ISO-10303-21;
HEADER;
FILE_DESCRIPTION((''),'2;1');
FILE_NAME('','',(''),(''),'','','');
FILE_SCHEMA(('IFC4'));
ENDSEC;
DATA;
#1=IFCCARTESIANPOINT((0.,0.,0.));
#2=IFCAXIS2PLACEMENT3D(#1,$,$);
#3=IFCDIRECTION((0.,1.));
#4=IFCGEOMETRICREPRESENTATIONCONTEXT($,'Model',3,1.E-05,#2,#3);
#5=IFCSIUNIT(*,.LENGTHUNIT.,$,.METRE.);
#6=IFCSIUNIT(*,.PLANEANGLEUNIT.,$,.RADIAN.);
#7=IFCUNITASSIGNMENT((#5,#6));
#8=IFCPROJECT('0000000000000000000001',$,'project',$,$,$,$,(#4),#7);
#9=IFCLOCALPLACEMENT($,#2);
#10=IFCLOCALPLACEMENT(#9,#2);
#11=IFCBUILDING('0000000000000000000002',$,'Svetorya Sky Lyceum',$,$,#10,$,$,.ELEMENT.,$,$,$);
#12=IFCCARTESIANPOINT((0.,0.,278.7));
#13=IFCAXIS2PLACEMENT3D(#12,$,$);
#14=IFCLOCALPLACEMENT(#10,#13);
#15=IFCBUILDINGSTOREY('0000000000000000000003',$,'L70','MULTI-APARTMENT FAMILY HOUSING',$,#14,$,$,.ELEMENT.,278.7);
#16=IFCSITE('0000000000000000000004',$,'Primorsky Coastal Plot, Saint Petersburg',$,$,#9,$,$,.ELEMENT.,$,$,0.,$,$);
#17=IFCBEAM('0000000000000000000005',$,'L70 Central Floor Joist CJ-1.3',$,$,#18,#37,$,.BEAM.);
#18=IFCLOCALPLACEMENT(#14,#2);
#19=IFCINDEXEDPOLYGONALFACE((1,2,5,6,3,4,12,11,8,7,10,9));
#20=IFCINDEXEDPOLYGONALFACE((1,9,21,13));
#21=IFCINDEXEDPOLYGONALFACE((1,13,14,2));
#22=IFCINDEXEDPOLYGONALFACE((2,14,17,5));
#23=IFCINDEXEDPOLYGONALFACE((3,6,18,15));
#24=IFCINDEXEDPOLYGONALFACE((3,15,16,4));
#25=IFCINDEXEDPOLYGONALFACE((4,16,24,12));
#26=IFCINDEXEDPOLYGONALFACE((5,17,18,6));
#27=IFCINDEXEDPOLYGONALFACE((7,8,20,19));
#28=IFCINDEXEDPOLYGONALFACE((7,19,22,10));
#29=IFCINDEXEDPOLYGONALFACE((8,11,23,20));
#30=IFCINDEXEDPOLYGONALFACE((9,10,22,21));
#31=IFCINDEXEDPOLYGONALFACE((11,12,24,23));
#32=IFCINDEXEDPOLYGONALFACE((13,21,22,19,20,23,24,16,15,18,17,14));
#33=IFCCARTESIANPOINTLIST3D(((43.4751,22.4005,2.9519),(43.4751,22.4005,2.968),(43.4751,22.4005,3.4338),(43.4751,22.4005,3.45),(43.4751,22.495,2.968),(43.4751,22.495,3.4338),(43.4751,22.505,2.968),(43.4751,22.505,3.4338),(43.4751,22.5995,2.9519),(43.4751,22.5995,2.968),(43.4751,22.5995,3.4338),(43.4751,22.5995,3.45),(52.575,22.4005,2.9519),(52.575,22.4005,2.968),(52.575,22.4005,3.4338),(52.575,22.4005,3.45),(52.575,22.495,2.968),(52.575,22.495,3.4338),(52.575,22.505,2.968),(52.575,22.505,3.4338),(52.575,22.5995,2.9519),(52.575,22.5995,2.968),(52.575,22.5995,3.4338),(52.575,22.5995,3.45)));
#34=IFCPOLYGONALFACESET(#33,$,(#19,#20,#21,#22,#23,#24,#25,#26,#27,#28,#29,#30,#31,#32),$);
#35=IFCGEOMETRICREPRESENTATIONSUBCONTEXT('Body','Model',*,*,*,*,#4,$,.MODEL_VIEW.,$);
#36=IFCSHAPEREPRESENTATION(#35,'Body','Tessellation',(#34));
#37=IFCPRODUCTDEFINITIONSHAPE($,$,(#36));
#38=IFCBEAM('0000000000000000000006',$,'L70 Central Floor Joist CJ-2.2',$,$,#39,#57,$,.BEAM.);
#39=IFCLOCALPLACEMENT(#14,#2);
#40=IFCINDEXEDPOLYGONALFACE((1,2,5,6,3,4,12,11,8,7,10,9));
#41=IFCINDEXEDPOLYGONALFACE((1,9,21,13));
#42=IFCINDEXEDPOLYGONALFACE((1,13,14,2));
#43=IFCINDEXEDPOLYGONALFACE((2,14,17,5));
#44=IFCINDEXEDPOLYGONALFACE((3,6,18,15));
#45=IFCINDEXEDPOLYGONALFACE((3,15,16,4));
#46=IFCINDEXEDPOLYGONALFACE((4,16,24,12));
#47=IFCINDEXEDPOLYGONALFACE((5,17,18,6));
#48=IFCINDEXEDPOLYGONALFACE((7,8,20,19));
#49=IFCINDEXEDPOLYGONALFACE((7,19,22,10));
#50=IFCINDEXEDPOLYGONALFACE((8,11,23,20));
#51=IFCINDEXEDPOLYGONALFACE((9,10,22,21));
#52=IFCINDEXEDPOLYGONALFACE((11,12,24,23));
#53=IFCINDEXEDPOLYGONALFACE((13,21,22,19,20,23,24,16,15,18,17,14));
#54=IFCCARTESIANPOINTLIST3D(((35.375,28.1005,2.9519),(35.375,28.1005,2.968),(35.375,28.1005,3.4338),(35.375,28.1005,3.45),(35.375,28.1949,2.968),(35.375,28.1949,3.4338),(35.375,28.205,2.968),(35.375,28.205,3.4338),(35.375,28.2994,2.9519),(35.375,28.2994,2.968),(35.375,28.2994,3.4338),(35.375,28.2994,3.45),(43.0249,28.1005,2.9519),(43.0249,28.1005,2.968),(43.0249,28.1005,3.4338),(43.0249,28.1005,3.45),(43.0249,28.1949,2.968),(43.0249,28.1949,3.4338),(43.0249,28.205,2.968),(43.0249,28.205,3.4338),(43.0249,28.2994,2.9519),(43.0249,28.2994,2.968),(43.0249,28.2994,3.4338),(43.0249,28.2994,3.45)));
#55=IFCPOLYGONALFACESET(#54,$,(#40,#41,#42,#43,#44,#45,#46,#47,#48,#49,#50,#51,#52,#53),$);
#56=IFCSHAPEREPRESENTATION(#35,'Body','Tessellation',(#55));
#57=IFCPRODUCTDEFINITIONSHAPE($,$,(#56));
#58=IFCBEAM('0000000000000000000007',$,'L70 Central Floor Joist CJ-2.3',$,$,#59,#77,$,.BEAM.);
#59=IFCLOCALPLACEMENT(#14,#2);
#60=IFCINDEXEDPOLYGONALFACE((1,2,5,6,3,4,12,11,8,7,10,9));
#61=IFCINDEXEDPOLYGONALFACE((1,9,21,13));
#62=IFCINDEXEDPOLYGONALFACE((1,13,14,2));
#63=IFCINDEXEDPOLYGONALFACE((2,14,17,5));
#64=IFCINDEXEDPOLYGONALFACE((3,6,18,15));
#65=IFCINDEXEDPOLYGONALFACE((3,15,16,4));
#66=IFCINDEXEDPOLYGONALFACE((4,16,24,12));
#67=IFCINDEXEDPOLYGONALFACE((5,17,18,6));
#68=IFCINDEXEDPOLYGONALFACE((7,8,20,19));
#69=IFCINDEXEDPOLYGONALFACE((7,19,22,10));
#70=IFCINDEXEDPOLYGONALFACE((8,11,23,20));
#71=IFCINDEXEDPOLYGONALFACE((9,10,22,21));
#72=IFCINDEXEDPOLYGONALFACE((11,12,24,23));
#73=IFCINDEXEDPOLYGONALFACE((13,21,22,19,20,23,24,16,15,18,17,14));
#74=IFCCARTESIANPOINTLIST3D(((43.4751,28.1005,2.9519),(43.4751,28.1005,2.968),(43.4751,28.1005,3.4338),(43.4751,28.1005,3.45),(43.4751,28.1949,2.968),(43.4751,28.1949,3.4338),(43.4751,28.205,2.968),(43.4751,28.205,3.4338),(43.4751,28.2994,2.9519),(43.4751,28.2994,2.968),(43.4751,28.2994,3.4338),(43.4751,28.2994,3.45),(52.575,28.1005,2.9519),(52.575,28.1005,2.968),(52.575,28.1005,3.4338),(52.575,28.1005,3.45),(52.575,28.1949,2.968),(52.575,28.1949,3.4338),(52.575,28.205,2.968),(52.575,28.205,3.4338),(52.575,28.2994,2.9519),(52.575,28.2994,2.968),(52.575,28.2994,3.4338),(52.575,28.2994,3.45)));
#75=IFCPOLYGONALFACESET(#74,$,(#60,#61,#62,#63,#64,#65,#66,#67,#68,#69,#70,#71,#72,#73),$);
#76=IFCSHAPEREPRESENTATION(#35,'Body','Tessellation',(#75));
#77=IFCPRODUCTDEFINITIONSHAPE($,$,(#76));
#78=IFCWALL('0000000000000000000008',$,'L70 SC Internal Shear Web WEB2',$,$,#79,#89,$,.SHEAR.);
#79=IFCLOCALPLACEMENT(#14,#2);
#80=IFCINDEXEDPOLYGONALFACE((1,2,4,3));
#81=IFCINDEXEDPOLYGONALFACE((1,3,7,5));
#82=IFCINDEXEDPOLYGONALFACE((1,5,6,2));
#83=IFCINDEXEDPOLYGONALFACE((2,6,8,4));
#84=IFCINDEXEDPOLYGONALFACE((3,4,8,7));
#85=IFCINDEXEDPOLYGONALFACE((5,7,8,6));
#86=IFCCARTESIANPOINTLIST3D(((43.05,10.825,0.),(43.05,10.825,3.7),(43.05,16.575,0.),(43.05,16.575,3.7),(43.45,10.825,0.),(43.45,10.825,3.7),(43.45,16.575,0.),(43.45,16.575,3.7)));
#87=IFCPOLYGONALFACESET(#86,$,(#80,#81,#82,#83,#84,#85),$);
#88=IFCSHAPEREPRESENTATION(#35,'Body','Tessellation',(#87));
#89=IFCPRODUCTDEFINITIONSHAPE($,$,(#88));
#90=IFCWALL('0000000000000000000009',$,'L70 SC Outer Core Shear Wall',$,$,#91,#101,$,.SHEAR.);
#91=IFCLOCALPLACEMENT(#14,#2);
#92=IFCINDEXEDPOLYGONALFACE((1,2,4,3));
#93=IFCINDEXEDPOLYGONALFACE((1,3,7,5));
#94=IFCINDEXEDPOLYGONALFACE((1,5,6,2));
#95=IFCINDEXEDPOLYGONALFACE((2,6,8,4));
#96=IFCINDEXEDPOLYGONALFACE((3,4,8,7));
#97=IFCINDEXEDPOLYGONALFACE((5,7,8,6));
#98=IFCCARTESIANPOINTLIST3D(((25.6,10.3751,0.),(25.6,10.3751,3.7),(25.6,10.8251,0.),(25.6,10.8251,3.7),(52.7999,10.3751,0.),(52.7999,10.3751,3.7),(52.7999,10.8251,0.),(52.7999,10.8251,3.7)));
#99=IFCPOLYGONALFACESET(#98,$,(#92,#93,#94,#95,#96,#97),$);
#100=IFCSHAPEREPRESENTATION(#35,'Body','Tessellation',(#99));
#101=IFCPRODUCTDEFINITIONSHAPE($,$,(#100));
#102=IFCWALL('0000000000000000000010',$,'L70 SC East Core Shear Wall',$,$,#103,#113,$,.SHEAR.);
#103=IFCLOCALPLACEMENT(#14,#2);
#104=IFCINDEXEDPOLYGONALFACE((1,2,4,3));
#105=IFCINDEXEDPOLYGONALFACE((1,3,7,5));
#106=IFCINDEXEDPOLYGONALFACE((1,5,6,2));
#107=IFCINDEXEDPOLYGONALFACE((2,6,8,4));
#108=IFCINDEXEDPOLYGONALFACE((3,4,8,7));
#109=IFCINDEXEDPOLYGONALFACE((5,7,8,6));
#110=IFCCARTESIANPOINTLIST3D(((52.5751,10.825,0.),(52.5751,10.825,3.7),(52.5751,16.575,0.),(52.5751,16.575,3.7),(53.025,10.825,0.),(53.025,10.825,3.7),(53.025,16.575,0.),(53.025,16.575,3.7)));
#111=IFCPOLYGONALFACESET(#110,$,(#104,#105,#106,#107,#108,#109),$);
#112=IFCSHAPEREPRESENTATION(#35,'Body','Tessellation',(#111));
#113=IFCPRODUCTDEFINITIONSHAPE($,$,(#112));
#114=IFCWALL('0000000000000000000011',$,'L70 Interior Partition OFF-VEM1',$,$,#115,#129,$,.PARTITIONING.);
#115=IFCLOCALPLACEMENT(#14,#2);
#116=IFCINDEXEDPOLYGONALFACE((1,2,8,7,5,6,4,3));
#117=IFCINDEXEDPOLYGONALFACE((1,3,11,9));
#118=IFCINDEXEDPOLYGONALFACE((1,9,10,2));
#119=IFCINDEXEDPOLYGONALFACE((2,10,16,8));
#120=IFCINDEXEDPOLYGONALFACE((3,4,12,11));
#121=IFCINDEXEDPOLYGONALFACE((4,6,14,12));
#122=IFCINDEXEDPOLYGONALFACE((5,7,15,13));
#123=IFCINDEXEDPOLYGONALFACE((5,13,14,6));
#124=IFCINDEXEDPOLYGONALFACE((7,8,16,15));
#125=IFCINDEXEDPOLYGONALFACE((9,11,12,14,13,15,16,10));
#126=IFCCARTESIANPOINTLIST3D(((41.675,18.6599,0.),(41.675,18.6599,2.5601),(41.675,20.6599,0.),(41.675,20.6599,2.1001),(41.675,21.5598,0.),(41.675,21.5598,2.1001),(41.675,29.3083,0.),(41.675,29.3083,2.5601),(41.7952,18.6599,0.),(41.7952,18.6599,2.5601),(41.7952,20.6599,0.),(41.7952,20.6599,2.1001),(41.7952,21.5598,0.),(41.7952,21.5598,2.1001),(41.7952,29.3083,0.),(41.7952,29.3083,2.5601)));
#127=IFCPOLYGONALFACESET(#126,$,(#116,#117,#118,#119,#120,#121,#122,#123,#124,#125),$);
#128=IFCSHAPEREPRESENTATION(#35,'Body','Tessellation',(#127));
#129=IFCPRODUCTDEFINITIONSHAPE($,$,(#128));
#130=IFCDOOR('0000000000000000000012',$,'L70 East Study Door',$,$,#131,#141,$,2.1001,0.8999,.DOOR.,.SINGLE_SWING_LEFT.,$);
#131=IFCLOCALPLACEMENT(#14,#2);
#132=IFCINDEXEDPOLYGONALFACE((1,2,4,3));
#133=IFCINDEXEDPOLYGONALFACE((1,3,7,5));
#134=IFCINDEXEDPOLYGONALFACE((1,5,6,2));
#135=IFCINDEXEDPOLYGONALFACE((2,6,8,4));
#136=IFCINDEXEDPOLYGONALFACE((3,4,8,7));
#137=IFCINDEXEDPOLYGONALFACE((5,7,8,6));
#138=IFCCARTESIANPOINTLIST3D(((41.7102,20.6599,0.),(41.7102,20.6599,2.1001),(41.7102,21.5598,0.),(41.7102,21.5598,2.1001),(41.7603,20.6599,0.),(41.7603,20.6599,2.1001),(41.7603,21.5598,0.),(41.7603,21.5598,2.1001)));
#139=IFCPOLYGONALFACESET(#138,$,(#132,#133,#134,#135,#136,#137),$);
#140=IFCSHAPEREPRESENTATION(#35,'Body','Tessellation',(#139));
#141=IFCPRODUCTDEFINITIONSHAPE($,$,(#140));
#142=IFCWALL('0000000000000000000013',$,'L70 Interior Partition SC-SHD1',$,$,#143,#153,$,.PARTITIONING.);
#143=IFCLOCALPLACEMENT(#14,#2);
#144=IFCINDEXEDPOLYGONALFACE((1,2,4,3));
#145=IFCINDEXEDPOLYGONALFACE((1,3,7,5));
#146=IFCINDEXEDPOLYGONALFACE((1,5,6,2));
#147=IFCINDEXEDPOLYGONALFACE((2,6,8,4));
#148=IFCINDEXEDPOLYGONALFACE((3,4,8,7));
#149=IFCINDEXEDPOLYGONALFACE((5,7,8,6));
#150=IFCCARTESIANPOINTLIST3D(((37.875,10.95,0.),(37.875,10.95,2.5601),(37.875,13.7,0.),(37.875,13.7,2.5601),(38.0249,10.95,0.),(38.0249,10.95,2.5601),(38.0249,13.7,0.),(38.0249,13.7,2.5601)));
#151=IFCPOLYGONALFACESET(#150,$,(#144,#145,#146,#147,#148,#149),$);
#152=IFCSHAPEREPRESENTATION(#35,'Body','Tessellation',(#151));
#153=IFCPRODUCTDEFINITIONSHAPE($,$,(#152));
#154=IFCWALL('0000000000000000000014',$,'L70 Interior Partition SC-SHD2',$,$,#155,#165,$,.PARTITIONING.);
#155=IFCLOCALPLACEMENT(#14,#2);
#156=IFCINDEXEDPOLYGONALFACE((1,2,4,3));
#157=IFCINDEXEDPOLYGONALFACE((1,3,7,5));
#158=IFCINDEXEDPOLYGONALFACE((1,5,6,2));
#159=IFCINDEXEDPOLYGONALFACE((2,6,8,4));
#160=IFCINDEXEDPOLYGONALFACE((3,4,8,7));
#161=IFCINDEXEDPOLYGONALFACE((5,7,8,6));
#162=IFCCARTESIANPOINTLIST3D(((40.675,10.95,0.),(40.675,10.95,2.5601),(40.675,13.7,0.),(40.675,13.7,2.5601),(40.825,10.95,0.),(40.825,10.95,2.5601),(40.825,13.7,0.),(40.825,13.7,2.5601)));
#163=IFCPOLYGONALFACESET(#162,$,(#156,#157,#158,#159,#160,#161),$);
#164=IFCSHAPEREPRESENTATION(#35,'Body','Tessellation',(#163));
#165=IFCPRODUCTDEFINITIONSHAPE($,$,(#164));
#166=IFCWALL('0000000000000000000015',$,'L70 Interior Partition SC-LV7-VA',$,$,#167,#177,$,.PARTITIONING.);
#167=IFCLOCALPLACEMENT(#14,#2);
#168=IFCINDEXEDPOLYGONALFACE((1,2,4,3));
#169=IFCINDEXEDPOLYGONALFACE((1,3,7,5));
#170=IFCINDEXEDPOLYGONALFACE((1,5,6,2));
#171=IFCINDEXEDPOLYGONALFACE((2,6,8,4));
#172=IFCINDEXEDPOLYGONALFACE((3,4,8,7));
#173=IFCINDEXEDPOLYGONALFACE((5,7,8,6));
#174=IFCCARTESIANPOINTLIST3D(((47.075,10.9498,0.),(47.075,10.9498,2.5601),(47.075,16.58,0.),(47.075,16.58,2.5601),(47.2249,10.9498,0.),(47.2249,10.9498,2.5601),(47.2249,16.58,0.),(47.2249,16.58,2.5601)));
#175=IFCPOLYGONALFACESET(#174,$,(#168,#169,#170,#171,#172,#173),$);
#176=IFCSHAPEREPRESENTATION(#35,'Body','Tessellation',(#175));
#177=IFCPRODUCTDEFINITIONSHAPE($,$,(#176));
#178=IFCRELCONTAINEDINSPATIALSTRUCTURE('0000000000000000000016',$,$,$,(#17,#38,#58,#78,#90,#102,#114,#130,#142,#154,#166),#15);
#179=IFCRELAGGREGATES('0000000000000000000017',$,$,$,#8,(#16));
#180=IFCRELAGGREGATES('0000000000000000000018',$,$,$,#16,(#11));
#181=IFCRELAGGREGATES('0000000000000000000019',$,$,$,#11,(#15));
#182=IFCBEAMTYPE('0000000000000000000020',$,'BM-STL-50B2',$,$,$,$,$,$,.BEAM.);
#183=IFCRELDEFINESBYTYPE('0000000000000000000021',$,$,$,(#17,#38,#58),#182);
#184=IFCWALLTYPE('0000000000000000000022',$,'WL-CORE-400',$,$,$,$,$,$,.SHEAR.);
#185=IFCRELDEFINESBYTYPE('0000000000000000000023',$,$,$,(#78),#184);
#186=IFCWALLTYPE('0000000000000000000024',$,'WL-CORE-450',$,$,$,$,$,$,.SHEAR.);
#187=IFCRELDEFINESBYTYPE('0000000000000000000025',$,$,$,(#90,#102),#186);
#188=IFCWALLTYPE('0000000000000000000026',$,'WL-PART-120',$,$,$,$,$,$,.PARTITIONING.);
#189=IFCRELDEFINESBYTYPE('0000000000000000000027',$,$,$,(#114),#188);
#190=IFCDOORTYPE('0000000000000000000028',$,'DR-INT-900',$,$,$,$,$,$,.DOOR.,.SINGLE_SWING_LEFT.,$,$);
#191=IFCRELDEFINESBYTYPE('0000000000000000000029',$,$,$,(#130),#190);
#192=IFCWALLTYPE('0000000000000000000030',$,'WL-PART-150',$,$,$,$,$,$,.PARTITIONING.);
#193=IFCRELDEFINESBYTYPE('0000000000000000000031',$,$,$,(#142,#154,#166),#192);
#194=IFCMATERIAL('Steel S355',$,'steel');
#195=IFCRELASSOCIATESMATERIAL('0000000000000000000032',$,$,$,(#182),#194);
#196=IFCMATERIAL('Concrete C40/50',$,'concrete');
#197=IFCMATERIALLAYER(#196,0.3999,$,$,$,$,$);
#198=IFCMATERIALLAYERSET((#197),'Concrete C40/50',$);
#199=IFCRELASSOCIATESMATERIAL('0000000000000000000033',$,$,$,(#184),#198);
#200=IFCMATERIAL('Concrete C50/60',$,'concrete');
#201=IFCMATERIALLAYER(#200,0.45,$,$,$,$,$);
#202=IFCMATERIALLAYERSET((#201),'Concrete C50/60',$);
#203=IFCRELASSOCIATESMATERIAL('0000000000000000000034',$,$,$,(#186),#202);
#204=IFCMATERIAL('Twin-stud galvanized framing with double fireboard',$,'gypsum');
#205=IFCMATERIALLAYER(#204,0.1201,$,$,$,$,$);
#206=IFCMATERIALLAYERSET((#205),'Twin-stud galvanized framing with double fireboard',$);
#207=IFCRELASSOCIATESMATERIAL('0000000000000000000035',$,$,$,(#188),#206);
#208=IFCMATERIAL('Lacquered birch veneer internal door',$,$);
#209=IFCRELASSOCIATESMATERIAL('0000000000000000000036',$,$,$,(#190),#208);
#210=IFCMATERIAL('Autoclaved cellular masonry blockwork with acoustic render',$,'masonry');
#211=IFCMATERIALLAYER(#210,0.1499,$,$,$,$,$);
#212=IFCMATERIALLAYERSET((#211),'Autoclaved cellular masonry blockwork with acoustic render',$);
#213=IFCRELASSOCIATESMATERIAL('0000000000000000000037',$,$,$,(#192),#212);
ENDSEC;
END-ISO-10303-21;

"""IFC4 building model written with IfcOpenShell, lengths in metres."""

from ifc_helpers import new_model, si_unit, direction, frame, frame_2d, origin, origin_2d, place, context, subcontext, project, spatial, rectangle, i_section, extrude, material, layer, layer_set, material_profile, profile_set, type_object, element, fill, save


model = new_model("IFC4")

# Units and contexts
model_context = context("Model", 3, precision=1e-05, world=origin(), true_north=direction((0.0, 1.0)))
body_context = subcontext(model_context, "Body", "Model", "MODEL_VIEW")
ifc_project = project(units=[si_unit("LENGTHUNIT", "METRE"), si_unit("PLANEANGLEUNIT", "RADIAN")], contexts=[model_context])

# Site, building, storey
site_placement = place(None, origin())
site = spatial("IfcSite", under=ifc_project, at=site_placement, Name="Primorsky Coastal Plot, Saint Petersburg", CompositionType="ELEMENT", RefElevation=0.0)
building_placement = place(site_placement, origin())
building = spatial("IfcBuilding", under=site, at=building_placement, Name="Svetorya Sky Lyceum", CompositionType="ELEMENT")
storey_placement = place(building_placement, frame((0.0, 0.0, 278.7)))
storey = spatial("IfcBuildingStorey", under=building, at=storey_placement, Name="L70", Description="MULTI-APARTMENT FAMILY HOUSING", CompositionType="ELEMENT", Elevation=278.7)

# Shared definitions
ifc_material_1 = material(Name="Concrete C40/50", Category="concrete")

# Beams
ifc_material_2 = material(Name="Concrete C50/60", Category="concrete")
ifc_material_3 = material(Name="Steel S355", Category="steel")
ifc_material_profile_1 = material_profile(ifc_material_3, i_section(OverallWidth=0.199, OverallDepth=0.498, WebThickness=0.01, FlangeThickness=0.0161, at=origin_2d()), Name="GOST 50B2")
ifc_profile_set_1 = profile_set([ifc_material_profile_1], Name="Steel S355")
beam_type_1 = type_object("IfcBeamType", Name="BM-STL-50B2", PredefinedType="BEAM", material=ifc_profile_set_1)
beam_1_placement = place(storey_placement, frame((43.4751, 22.5, 3.2009), z_axis=(1.0, 0.0, 0.0), x_axis=(0.0, 1.0, 0.0)))
element("IfcBeam", 1, at=beam_1_placement, inside=storey, type_object=beam_type_1, Name="L70 Central Floor Joist CJ-1.3", PredefinedType="BEAM", context=body_context, shape_type="SweptSolid", body=[
    extrude(i_section(OverallWidth=0.199, OverallDepth=0.498, WebThickness=0.01, FlangeThickness=0.0161, at=origin_2d()), origin(), (0.0, 0.0, 1.0), 9.0999),
])
beam_2_placement = place(storey_placement, frame((35.375, 28.2, 3.2009), z_axis=(1.0, 0.0, 0.0), x_axis=(0.0, 1.0, 0.0)))
element("IfcBeam", 2, at=beam_2_placement, inside=storey, type_object=beam_type_1, Name="L70 Central Floor Joist CJ-2.2", PredefinedType="BEAM", context=body_context, shape_type="SweptSolid", body=[
    extrude(i_section(OverallWidth=0.199, OverallDepth=0.498, WebThickness=0.01, FlangeThickness=0.0161, at=origin_2d()), origin(), (0.0, 0.0, 1.0), 7.6499),
])
beam_3_placement = place(storey_placement, frame((43.4751, 28.2, 3.2009), z_axis=(1.0, 0.0, 0.0), x_axis=(0.0, 1.0, 0.0)))
element("IfcBeam", 3, at=beam_3_placement, inside=storey, type_object=beam_type_1, Name="L70 Central Floor Joist CJ-2.3", PredefinedType="BEAM", context=body_context, shape_type="SweptSolid", body=[
    extrude(i_section(OverallWidth=0.199, OverallDepth=0.498, WebThickness=0.01, FlangeThickness=0.0161, at=origin_2d()), origin(), (0.0, 0.0, 1.0), 9.0999),
])

# Walls
ifc_layer_1 = layer(ifc_material_1, 0.3999)
ifc_layer_set_1 = layer_set([ifc_layer_1], Name="Concrete C40/50")
wall_type_1 = type_object("IfcWallType", Name="WL-CORE-400", PredefinedType="SHEAR", material=ifc_layer_set_1)
wall_1_placement = place(storey_placement, frame((43.25, 10.825, 0.0), z_axis=(0.0, 0.0, 1.0), x_axis=(0.0, 1.0, 0.0)))
element("IfcWall", 4, at=wall_1_placement, inside=storey, type_object=wall_type_1, Name="L70 SC Internal Shear Web WEB2", PredefinedType="SHEAR", context=body_context, shape_type="SweptSolid", body=[
    extrude(rectangle(XDim=5.75, YDim=0.3999, at=frame_2d((2.875, 0.0))), origin(), (0.0, 0.0, 1.0), 3.7),
])
ifc_layer_2 = layer(ifc_material_2, 0.45)
ifc_layer_set_2 = layer_set([ifc_layer_2], Name="Concrete C50/60")
wall_type_2 = type_object("IfcWallType", Name="WL-CORE-450", PredefinedType="SHEAR", material=ifc_layer_set_2)
wall_2_placement = place(storey_placement, frame((52.8, 10.6001, 0.0), z_axis=(0.0, 0.0, 1.0), x_axis=(-1.0, 0.0, 0.0)))
element("IfcWall", 5, at=wall_2_placement, inside=storey, type_object=wall_type_2, Name="L70 SC Outer Core Shear Wall", PredefinedType="SHEAR", context=body_context, shape_type="SweptSolid", body=[
    extrude(rectangle(XDim=27.2, YDim=0.45, at=frame_2d((13.6001, 0.0))), origin(), (0.0, 0.0, 1.0), 3.7),
])
wall_3_placement = place(storey_placement, frame((52.8, 10.825, 0.0), z_axis=(0.0, 0.0, 1.0), x_axis=(0.0, 1.0, 0.0)))
element("IfcWall", 6, at=wall_3_placement, inside=storey, type_object=wall_type_2, Name="L70 SC East Core Shear Wall", PredefinedType="SHEAR", context=body_context, shape_type="SweptSolid", body=[
    extrude(rectangle(XDim=5.75, YDim=0.45, at=frame_2d((2.875, 0.0))), origin(), (0.0, 0.0, 1.0), 3.7),
])

# Wall, opening, door
ifc_material_4 = material(Name="Twin-stud galvanized framing with double fireboard", Category="gypsum")
ifc_layer_3 = layer(ifc_material_4, 0.1201)
ifc_layer_set_3 = layer_set([ifc_layer_3], Name="Twin-stud galvanized framing with double fireboard")
wall_type_3 = type_object("IfcWallType", Name="WL-PART-120", PredefinedType="PARTITIONING", material=ifc_layer_set_3)
wall_4_placement = place(storey_placement, frame((41.7351, 18.6599, 0.0), z_axis=(0.0, 0.0, 1.0), x_axis=(0.0, 1.0, 0.0)))
wall_4 = element("IfcWall", 7, at=wall_4_placement, inside=storey, type_object=wall_type_3, Name="L70 Interior Partition OFF-VEM1", PredefinedType="PARTITIONING", context=body_context, shape_type="SweptSolid", body=[
    extrude(rectangle(XDim=10.6484, YDim=0.1201, at=frame_2d((5.3242, 0.0))), origin(), (0.0, 0.0, 1.0), 2.5601),
])
opening_1_placement = place(wall_4_placement, frame((2.0, 0.0, 0.0)))
opening_1 = element("IfcOpeningElement", 8, at=opening_1_placement, cuts=wall_4, PredefinedType="OPENING", context=body_context, shape_type="SweptSolid", body=[
    extrude(rectangle(XDim=0.8999, YDim=2.1001, at=frame_2d((0.45, 1.05))), frame((0.0, 0.0701, 0.0), z_axis=(0.0, -1.0, 0.0), x_axis=(1.0, 0.0, 0.0)), (0.0, 0.0, 1.0), 0.1401),
])
ifc_material_5 = material(Name="Lacquered birch veneer internal door")
door_type_1 = type_object("IfcDoorType", Name="DR-INT-900", OperationType="SINGLE_SWING_LEFT", PredefinedType="DOOR", material=ifc_material_5)
door_1_placement = place(opening_1_placement, origin())
door_1 = element("IfcDoor", 9, at=door_1_placement, inside=storey, type_object=door_type_1, Name="L70 East Study Door", OperationType="SINGLE_SWING_LEFT", OverallHeight=2.1001, OverallWidth=0.8999, PredefinedType="DOOR", context=body_context, shape_type="SweptSolid", body=[
    extrude(rectangle(XDim=0.8999, YDim=2.1001, at=frame_2d((0.45, 1.05))), frame((0.0, 0.0249, 0.0), z_axis=(0.0, -1.0, 0.0), x_axis=(1.0, 0.0, 0.0)), (0.0, 0.0, 1.0), 0.05),
])
fill(opening_1, door_1)

# Walls
ifc_material_6 = material(Name="Autoclaved cellular masonry blockwork with acoustic render", Category="masonry")
ifc_layer_4 = layer(ifc_material_6, 0.1499)
ifc_layer_set_4 = layer_set([ifc_layer_4], Name="Autoclaved cellular masonry blockwork with acoustic render")
wall_type_4 = type_object("IfcWallType", Name="WL-PART-150", PredefinedType="PARTITIONING", material=ifc_layer_set_4)
for number, where, z_axis, x_axis, name in (
    (10, (37.95, 10.95, 0.0), (0.0, 0.0, 1.0), (0.0, 1.0, 0.0), "L70 Interior Partition SC-SHD1"),
    (11, (40.75, 10.95, 0.0), (0.0, 0.0, 1.0), (0.0, 1.0, 0.0), "L70 Interior Partition SC-SHD2"),
):
    element("IfcWall", number, at=place(storey_placement, frame(where, z_axis=z_axis, x_axis=x_axis)), inside=storey, type_object=wall_type_4, Name=name, PredefinedType="PARTITIONING", context=body_context, shape_type="SweptSolid", body=[
        extrude(rectangle(XDim=2.75, YDim=0.1499, at=frame_2d((1.375, 0.0))), origin(), (0.0, 0.0, 1.0), 2.5601),
    ])
wall_5_placement = place(storey_placement, frame((47.1499, 10.95, 0.0), z_axis=(0.0, 0.0, 1.0), x_axis=(0.0, 1.0, 0.0)))
element("IfcWall", 12, at=wall_5_placement, inside=storey, type_object=wall_type_4, Name="L70 Interior Partition SC-LV7-VA", PredefinedType="PARTITIONING", context=body_context, shape_type="SweptSolid", body=[
    extrude(rectangle(XDim=5.6301, YDim=0.1499, at=frame_2d((2.8149, 0.0))), origin(), (0.0, 0.0, 1.0), 2.5601),
])

save(model, "model.ifc")
